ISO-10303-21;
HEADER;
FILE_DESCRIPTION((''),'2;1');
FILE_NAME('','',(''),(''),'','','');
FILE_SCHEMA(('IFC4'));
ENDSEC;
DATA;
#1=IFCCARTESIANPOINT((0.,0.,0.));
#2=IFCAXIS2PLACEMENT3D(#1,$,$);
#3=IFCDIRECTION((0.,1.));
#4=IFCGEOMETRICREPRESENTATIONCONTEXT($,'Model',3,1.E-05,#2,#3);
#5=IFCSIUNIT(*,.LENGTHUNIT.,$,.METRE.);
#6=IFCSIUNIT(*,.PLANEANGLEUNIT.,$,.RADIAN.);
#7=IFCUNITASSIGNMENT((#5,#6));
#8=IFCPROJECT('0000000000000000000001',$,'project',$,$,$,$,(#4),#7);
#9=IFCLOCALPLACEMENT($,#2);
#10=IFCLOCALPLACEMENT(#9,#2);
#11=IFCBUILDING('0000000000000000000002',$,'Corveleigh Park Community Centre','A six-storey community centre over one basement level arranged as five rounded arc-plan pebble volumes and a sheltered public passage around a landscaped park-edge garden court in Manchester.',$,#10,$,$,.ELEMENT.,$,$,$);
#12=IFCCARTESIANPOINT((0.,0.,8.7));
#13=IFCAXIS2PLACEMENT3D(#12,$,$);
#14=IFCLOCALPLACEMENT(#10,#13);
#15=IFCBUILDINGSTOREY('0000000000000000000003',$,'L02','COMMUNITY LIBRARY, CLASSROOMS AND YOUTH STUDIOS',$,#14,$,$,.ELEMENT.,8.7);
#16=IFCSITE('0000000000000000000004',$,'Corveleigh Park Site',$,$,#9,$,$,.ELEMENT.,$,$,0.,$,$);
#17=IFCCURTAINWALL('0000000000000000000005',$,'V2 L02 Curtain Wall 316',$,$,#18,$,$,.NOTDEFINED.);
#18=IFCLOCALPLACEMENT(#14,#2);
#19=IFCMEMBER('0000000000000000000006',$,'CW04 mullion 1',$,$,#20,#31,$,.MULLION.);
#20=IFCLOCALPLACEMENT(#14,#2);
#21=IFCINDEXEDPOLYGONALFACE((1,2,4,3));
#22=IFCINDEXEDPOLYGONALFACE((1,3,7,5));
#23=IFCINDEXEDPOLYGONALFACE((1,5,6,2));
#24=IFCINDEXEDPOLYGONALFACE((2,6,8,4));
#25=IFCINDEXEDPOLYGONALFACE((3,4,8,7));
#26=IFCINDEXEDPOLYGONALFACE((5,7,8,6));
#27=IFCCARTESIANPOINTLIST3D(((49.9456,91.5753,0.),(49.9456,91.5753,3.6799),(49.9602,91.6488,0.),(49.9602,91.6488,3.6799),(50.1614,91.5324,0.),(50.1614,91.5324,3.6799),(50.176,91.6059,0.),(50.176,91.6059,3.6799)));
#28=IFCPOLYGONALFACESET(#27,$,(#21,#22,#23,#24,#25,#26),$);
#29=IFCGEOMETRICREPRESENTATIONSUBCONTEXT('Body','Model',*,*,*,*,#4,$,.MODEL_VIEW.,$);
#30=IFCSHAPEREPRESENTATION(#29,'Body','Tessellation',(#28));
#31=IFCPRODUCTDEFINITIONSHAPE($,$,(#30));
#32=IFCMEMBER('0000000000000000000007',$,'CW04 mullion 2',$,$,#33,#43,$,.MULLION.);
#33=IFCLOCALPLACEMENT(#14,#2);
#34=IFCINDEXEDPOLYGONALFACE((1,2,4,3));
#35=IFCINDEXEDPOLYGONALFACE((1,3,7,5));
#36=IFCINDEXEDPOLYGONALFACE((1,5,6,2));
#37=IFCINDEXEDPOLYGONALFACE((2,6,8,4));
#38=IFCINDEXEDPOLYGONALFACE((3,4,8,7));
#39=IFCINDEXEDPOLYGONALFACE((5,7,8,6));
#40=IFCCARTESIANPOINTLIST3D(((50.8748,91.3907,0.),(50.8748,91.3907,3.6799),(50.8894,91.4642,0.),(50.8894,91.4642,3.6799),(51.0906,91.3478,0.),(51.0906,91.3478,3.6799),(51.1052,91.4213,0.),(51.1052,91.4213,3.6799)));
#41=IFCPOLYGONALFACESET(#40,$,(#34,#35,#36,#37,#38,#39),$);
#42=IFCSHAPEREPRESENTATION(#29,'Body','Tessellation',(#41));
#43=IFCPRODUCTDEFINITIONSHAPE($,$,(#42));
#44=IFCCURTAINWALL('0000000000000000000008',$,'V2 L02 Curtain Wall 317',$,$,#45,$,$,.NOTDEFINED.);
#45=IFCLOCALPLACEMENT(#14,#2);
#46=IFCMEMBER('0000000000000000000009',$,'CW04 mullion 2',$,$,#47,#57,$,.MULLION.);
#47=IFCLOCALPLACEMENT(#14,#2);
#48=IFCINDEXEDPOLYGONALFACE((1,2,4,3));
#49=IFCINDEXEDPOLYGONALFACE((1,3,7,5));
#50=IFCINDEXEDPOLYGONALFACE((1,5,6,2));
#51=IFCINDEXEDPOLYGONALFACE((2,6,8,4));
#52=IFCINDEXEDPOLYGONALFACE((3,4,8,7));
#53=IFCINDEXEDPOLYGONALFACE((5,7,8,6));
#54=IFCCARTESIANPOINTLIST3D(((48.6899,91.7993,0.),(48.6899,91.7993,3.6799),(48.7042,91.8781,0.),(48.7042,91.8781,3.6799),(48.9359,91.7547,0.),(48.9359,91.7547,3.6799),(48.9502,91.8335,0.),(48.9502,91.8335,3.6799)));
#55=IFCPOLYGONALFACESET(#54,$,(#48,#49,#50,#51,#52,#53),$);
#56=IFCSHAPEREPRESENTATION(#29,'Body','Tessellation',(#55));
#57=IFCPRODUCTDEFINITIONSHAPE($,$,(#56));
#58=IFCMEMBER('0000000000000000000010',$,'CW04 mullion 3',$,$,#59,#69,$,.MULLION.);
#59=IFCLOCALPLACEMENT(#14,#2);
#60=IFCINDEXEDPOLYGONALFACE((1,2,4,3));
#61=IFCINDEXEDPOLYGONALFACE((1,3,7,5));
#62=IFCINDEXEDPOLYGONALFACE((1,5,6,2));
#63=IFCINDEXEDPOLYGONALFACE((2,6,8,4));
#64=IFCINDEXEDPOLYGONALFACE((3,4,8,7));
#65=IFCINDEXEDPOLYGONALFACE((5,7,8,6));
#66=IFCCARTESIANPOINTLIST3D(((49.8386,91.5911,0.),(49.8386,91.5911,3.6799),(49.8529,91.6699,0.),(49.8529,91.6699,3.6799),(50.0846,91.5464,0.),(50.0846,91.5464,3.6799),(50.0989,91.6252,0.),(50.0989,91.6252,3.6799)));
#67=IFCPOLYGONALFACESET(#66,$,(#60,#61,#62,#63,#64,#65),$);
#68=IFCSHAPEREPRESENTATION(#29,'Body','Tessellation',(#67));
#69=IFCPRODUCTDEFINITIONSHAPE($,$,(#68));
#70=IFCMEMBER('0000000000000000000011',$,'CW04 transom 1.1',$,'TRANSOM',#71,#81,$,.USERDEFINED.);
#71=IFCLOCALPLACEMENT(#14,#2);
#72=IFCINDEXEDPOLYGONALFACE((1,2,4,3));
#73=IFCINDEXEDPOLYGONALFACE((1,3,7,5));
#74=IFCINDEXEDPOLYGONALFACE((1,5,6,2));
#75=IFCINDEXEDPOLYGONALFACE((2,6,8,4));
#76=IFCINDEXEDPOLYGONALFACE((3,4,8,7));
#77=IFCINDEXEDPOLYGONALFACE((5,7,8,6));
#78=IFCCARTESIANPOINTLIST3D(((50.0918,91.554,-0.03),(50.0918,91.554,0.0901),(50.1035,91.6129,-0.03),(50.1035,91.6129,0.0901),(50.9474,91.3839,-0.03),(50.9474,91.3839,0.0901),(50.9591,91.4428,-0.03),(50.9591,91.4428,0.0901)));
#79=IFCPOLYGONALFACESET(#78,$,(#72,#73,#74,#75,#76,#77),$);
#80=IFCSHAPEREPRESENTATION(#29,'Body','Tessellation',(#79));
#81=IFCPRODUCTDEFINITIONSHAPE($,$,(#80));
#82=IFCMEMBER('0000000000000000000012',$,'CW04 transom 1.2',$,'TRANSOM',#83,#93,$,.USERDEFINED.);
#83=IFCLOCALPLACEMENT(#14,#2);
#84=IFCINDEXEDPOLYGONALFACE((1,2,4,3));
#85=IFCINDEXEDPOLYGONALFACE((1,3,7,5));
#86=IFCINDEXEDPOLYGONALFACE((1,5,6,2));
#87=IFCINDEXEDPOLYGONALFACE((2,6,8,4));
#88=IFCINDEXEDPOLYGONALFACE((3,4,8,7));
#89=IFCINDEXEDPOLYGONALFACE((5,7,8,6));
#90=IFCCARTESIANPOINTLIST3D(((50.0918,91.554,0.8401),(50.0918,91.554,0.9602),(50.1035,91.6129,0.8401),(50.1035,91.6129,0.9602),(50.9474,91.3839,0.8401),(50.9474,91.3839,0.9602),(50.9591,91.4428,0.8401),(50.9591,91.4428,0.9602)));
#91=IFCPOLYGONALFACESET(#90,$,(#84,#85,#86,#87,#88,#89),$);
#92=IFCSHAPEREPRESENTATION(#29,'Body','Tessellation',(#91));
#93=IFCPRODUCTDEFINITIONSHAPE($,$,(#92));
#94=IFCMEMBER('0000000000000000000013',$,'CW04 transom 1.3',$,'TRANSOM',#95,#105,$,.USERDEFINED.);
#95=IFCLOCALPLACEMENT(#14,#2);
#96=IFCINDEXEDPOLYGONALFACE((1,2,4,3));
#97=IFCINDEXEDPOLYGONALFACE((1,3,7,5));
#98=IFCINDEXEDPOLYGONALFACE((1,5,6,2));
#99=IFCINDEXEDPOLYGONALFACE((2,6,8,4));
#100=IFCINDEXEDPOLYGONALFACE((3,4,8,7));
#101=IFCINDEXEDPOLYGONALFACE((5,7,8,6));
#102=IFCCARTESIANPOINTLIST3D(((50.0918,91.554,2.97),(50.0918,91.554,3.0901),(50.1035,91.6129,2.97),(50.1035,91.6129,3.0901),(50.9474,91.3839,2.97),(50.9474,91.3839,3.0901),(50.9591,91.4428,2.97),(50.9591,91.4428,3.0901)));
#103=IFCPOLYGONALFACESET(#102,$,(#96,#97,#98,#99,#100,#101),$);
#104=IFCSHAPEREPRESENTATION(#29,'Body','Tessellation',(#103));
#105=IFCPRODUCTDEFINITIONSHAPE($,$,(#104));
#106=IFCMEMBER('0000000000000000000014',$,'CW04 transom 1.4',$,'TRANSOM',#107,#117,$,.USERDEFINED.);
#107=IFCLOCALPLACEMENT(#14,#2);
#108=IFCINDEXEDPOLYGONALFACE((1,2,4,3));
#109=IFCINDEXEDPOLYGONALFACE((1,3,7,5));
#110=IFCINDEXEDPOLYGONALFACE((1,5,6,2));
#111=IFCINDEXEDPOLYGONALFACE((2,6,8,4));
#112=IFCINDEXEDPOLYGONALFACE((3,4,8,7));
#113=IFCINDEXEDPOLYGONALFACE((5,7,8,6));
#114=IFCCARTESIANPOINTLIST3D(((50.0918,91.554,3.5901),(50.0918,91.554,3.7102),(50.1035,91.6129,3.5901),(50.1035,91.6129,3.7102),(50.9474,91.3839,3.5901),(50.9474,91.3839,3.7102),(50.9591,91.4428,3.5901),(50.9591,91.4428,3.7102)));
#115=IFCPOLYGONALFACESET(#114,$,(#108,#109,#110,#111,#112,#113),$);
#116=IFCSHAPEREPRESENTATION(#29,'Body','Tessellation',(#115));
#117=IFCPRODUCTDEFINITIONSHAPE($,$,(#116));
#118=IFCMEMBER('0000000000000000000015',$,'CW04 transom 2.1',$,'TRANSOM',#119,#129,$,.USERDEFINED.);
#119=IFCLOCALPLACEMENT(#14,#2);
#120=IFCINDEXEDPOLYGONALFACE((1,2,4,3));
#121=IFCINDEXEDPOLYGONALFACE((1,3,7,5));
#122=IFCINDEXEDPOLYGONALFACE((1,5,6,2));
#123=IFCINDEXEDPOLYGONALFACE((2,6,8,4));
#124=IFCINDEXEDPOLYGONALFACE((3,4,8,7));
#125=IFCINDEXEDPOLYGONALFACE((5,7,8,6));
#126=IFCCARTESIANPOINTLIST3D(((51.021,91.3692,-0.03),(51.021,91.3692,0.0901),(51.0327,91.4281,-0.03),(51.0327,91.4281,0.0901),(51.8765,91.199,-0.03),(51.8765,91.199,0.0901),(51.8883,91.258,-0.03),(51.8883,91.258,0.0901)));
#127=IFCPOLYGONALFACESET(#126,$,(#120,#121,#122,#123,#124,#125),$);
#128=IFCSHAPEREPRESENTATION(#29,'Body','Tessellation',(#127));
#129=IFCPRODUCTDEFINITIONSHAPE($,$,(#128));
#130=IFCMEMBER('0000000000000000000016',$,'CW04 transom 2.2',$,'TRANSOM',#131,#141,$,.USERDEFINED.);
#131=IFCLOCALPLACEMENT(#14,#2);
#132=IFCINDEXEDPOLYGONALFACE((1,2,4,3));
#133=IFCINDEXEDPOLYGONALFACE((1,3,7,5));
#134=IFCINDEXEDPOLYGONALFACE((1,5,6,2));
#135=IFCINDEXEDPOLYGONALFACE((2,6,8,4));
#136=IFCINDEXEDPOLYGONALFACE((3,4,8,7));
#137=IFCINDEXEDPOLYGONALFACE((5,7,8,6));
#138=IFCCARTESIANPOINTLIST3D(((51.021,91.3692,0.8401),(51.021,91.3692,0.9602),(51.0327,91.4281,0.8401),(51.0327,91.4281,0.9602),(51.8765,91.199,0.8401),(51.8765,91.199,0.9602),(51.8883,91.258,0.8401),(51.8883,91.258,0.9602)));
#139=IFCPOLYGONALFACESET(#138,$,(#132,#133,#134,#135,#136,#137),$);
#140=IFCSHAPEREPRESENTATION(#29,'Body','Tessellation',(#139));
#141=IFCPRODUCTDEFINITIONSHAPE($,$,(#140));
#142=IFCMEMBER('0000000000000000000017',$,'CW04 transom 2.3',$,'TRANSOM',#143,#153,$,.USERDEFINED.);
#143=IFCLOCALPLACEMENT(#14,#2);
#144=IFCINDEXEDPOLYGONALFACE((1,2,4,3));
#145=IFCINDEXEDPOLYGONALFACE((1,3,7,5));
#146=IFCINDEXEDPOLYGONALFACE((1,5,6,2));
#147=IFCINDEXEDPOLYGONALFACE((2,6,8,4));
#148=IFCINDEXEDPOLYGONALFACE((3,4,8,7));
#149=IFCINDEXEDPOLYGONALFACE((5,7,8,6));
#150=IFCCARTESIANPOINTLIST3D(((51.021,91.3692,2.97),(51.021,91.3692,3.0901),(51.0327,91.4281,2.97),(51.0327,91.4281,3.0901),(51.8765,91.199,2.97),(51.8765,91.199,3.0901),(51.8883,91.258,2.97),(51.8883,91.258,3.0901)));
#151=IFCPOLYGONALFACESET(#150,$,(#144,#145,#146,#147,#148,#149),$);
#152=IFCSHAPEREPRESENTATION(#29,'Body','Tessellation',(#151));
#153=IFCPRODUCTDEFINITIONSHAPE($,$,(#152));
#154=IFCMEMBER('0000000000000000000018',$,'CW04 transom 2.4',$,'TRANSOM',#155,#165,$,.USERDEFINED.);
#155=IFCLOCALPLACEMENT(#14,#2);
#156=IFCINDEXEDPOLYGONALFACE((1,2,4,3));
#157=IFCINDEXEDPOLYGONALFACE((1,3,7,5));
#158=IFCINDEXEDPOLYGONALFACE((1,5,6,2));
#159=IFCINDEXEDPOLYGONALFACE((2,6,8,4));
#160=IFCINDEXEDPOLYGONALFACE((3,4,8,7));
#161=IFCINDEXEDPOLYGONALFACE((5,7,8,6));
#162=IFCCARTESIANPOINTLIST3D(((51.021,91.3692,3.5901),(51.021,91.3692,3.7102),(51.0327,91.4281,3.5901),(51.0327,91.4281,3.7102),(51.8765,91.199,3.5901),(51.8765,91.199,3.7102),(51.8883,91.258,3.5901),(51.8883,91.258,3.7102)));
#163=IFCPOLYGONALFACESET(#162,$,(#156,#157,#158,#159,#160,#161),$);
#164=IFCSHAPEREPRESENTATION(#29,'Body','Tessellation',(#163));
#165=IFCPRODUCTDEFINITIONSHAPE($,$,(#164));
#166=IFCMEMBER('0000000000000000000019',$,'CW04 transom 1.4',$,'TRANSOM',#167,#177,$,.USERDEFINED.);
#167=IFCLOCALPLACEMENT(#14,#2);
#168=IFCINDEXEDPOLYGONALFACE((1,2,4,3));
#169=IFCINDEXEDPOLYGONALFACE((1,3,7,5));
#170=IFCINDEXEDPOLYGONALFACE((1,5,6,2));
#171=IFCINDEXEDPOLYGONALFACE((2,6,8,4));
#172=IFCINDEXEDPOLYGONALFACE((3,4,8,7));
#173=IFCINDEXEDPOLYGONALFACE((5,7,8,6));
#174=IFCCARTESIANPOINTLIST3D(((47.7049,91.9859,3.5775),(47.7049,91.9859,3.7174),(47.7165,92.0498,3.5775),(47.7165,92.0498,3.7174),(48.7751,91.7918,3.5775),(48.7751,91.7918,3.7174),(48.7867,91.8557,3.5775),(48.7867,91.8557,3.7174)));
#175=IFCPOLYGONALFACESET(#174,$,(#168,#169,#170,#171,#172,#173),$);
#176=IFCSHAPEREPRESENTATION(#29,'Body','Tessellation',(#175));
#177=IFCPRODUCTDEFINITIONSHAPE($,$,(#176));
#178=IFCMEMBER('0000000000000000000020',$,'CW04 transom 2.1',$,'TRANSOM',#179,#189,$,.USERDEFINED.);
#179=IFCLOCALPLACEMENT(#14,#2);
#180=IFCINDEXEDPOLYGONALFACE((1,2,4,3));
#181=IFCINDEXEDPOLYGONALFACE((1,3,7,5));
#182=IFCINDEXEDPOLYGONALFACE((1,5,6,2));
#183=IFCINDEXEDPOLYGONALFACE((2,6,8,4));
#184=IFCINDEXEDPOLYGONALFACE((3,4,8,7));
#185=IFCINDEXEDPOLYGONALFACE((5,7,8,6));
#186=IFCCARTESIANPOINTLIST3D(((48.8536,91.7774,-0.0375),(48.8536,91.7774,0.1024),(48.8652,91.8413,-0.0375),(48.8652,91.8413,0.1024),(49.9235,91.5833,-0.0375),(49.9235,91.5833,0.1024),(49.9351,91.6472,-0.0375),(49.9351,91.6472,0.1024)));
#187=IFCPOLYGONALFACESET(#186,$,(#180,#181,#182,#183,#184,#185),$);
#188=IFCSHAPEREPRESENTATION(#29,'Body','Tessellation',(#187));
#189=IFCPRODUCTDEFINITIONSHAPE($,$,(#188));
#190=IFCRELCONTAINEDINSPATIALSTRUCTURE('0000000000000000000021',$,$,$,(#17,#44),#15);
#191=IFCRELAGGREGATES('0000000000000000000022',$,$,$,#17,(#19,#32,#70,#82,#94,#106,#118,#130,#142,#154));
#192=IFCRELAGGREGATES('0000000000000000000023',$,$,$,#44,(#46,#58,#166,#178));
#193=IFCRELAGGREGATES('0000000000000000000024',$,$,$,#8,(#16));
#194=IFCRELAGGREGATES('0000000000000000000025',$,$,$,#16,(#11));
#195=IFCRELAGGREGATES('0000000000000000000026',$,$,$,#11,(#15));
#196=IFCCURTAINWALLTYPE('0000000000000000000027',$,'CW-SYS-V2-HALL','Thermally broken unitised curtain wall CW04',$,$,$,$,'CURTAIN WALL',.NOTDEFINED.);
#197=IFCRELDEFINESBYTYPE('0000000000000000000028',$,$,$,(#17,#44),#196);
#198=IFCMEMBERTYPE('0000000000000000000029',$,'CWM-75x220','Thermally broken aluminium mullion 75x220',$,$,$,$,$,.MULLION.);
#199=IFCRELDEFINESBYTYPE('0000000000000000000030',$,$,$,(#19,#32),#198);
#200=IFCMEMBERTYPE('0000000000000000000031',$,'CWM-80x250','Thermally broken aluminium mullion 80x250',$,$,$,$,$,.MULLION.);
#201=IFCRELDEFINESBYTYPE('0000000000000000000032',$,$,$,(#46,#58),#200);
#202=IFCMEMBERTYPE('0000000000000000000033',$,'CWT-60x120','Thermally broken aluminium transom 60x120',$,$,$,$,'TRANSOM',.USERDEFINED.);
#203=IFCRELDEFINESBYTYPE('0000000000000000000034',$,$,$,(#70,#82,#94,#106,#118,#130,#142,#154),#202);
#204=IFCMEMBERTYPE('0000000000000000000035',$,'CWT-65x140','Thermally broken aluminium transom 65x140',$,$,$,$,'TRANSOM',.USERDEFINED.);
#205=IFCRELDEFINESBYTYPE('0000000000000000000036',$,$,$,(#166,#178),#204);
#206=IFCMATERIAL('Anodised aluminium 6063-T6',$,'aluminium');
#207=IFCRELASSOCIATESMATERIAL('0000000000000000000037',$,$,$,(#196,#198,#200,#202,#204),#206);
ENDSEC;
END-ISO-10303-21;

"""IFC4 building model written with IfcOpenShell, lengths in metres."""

from ifc_helpers import new_model, si_unit, direction, frame, origin, origin_2d, place, context, subcontext, project, spatial, rectangle, extrude, material, material_profile, profile_set, type_object, element, aggregate, save


model = new_model("IFC4")

# Units and contexts
model_context = context("Model", 3, precision=1e-05, world=origin(), true_north=direction((0.0, 1.0)))
body_context = subcontext(model_context, "Body", "Model", "MODEL_VIEW")
ifc_project = project(units=[si_unit("LENGTHUNIT", "METRE"), si_unit("PLANEANGLEUNIT", "RADIAN")], contexts=[model_context])

# Site, building, storey
site_placement = place(None, origin())
site = spatial("IfcSite", under=ifc_project, at=site_placement, Name="Corveleigh Park Site", CompositionType="ELEMENT", RefElevation=0.0)
building_placement = place(site_placement, origin())
building = spatial("IfcBuilding", under=site, at=building_placement, Name="Corveleigh Park Community Centre", Description="A six-storey community centre over one basement level arranged as five rounded arc-plan pebble volumes and a sheltered public passage around a landscaped park-edge garden court in Manchester.", CompositionType="ELEMENT")
storey_placement = place(building_placement, frame((0.0, 0.0, 8.7)))
storey = spatial("IfcBuildingStorey", under=building, at=storey_placement, Name="L02", Description="COMMUNITY LIBRARY, CLASSROOMS AND YOUTH STUDIOS", CompositionType="ELEMENT", Elevation=8.7)

# Curtain walls, members
ifc_material_1 = material(Name="Anodised aluminium 6063-T6", Category="aluminium")
curtain_wall_type = type_object("IfcCurtainWallType", Name="CW-SYS-V2-HALL", Description="Thermally broken unitised curtain wall CW04", ElementType="CURTAIN WALL", PredefinedType="NOTDEFINED", material=ifc_material_1)
curtain_wall_1_placement = place(storey_placement, origin())
curtain_wall_1 = element("IfcCurtainWall", 1, at=curtain_wall_1_placement, inside=storey, type_object=curtain_wall_type, Name="V2 L02 Curtain Wall 316", PredefinedType="NOTDEFINED")
ifc_material_profile_1 = material_profile(ifc_material_1, rectangle(XDim=0.075, YDim=0.22, at=origin_2d()), Name="ALU-M75x220", Category="aluminium")
ifc_profile_set_1 = profile_set([ifc_material_profile_1], Name="Anodised aluminium 6063-T6")
member_type_1 = type_object("IfcMemberType", Name="CWM-75x220", Description="Thermally broken aluminium mullion 75x220", PredefinedType="MULLION", material=ifc_profile_set_1)
member_1_placement = place(storey_placement, frame((50.0608, 91.5906, 0.0), z_axis=(0.0, 0.0, 1.0), x_axis=(0.194944, 0.980814, 0.0)))
member_1 = element("IfcMember", 2, at=member_1_placement, type_object=member_type_1, Name="CW04 mullion 1", PredefinedType="MULLION", context=body_context, shape_type="SweptSolid", body=[
    extrude(rectangle(XDim=0.075, YDim=0.22, at=origin_2d()), origin(), (0.0, 0.0, 1.0), 3.6799),
])
member_2_placement = place(storey_placement, frame((50.99, 91.406, 0.0), z_axis=(0.0, 0.0, 1.0), x_axis=(0.194944, 0.980814, 0.0)))
member_2 = element("IfcMember", 3, at=member_2_placement, type_object=member_type_1, Name="CW04 mullion 2", PredefinedType="MULLION", context=body_context, shape_type="SweptSolid", body=[
    extrude(rectangle(XDim=0.075, YDim=0.22, at=origin_2d()), origin(), (0.0, 0.0, 1.0), 3.6799),
])
curtain_wall_2_placement = place(storey_placement, origin())
curtain_wall_2 = element("IfcCurtainWall", 4, at=curtain_wall_2_placement, inside=storey, type_object=curtain_wall_type, Name="V2 L02 Curtain Wall 317", PredefinedType="NOTDEFINED")
ifc_material_profile_2 = material_profile(ifc_material_1, rectangle(XDim=0.0801, YDim=0.25, at=origin_2d()), Name="ALU-M80x250", Category="aluminium")
ifc_profile_set_2 = profile_set([ifc_material_profile_2], Name="Anodised aluminium 6063-T6")
member_type_2 = type_object("IfcMemberType", Name="CWM-80x250", Description="Thermally broken aluminium mullion 80x250", PredefinedType="MULLION", material=ifc_profile_set_2)
member_3_placement = place(storey_placement, frame((48.8201, 91.8164, 0.0), z_axis=(0.0, 0.0, 1.0), x_axis=(0.178485, 0.983943, 0.0)))
member_3 = element("IfcMember", 5, at=member_3_placement, type_object=member_type_2, Name="CW04 mullion 2", PredefinedType="MULLION", context=body_context, shape_type="SweptSolid", body=[
    extrude(rectangle(XDim=0.0801, YDim=0.25, at=origin_2d()), origin(), (0.0, 0.0, 1.0), 3.6799),
])
member_4_placement = place(storey_placement, frame((49.9688, 91.6082, 0.0), z_axis=(0.0, 0.0, 1.0), x_axis=(0.178485, 0.983943, 0.0)))
member_4 = element("IfcMember", 6, at=member_4_placement, type_object=member_type_2, Name="CW04 mullion 3", PredefinedType="MULLION", context=body_context, shape_type="SweptSolid", body=[
    extrude(rectangle(XDim=0.0801, YDim=0.25, at=origin_2d()), origin(), (0.0, 0.0, 1.0), 3.6799),
])

# Members
ifc_material_profile_3 = material_profile(ifc_material_1, rectangle(XDim=0.0601, YDim=0.1201, at=origin_2d()), Name="ALU-T60x120", Category="aluminium")
ifc_profile_set_3 = profile_set([ifc_material_profile_3], Name="Anodised aluminium 6063-T6")
member_type_3 = type_object("IfcMemberType", Name="CWT-60x120", Description="Thermally broken aluminium transom 60x120", ElementType="TRANSOM", PredefinedType="USERDEFINED", material=ifc_profile_set_3)
member_5_placement = place(storey_placement, frame((50.0977, 91.5835, 0.03), z_axis=(0.980785, -0.195093, 0.0), x_axis=(0.195093, 0.980785, 0.0)))
member_5 = element("IfcMember", 7, at=member_5_placement, type_object=member_type_3, Name="CW04 transom 1.1", ObjectType="TRANSOM", PredefinedType="USERDEFINED", context=body_context, shape_type="SweptSolid", body=[
    extrude(rectangle(XDim=0.0601, YDim=0.1201, at=origin_2d()), origin(), (0.0, 0.0, 1.0), 0.8723),
])
member_6_placement = place(storey_placement, frame((50.0977, 91.5835, 0.9001), z_axis=(0.980785, -0.195093, 0.0), x_axis=(0.195093, 0.980785, 0.0)))
member_6 = element("IfcMember", 8, at=member_6_placement, type_object=member_type_3, Name="CW04 transom 1.2", ObjectType="TRANSOM", PredefinedType="USERDEFINED", context=body_context, shape_type="SweptSolid", body=[
    extrude(rectangle(XDim=0.0601, YDim=0.1201, at=origin_2d()), origin(), (0.0, 0.0, 1.0), 0.8723),
])
member_7_placement = place(storey_placement, frame((50.0977, 91.5835, 3.03), z_axis=(0.980785, -0.195093, 0.0), x_axis=(0.195093, 0.980785, 0.0)))
member_7 = element("IfcMember", 9, at=member_7_placement, type_object=member_type_3, Name="CW04 transom 1.3", ObjectType="TRANSOM", PredefinedType="USERDEFINED", context=body_context, shape_type="SweptSolid", body=[
    extrude(rectangle(XDim=0.0601, YDim=0.1201, at=origin_2d()), origin(), (0.0, 0.0, 1.0), 0.8723),
])
member_8_placement = place(storey_placement, frame((50.0977, 91.5835, 3.6501), z_axis=(0.980785, -0.195093, 0.0), x_axis=(0.195093, 0.980785, 0.0)))
member_8 = element("IfcMember", 10, at=member_8_placement, type_object=member_type_3, Name="CW04 transom 1.4", ObjectType="TRANSOM", PredefinedType="USERDEFINED", context=body_context, shape_type="SweptSolid", body=[
    extrude(rectangle(XDim=0.0601, YDim=0.1201, at=origin_2d()), origin(), (0.0, 0.0, 1.0), 0.8723),
])
member_9_placement = place(storey_placement, frame((51.0269, 91.3987, 0.03), z_axis=(0.980785, -0.195093, 0.0), x_axis=(0.195093, 0.980785, 0.0)))
member_9 = element("IfcMember", 11, at=member_9_placement, type_object=member_type_3, Name="CW04 transom 2.1", ObjectType="TRANSOM", PredefinedType="USERDEFINED", context=body_context, shape_type="SweptSolid", body=[
    extrude(rectangle(XDim=0.0601, YDim=0.1201, at=origin_2d()), origin(), (0.0, 0.0, 1.0), 0.8723),
])
member_10_placement = place(storey_placement, frame((51.0269, 91.3987, 0.9001), z_axis=(0.980785, -0.195093, 0.0), x_axis=(0.195093, 0.980785, 0.0)))
member_10 = element("IfcMember", 12, at=member_10_placement, type_object=member_type_3, Name="CW04 transom 2.2", ObjectType="TRANSOM", PredefinedType="USERDEFINED", context=body_context, shape_type="SweptSolid", body=[
    extrude(rectangle(XDim=0.0601, YDim=0.1201, at=origin_2d()), origin(), (0.0, 0.0, 1.0), 0.8723),
])
member_11_placement = place(storey_placement, frame((51.0269, 91.3987, 3.03), z_axis=(0.980785, -0.195093, 0.0), x_axis=(0.195093, 0.980785, 0.0)))
member_11 = element("IfcMember", 13, at=member_11_placement, type_object=member_type_3, Name="CW04 transom 2.3", ObjectType="TRANSOM", PredefinedType="USERDEFINED", context=body_context, shape_type="SweptSolid", body=[
    extrude(rectangle(XDim=0.0601, YDim=0.1201, at=origin_2d()), origin(), (0.0, 0.0, 1.0), 0.8723),
])
member_12_placement = place(storey_placement, frame((51.0269, 91.3987, 3.6501), z_axis=(0.980785, -0.195093, 0.0), x_axis=(0.195093, 0.980785, 0.0)))
member_12 = element("IfcMember", 14, at=member_12_placement, type_object=member_type_3, Name="CW04 transom 2.4", ObjectType="TRANSOM", PredefinedType="USERDEFINED", context=body_context, shape_type="SweptSolid", body=[
    extrude(rectangle(XDim=0.0601, YDim=0.1201, at=origin_2d()), origin(), (0.0, 0.0, 1.0), 0.8723),
])
ifc_material_profile_4 = material_profile(ifc_material_1, rectangle(XDim=0.0649, YDim=0.1399, at=origin_2d()), Name="ALU-T65x140", Category="aluminium")
ifc_profile_set_4 = profile_set([ifc_material_profile_4], Name="Anodised aluminium 6063-T6")
member_type_4 = type_object("IfcMemberType", Name="CWT-65x140", Description="Thermally broken aluminium transom 65x140", ElementType="TRANSOM", PredefinedType="USERDEFINED", material=ifc_profile_set_4)
member_13_placement = place(storey_placement, frame((47.7107, 92.0178, 3.6475), z_axis=(0.983945, -0.178471, 0.0), x_axis=(0.178471, 0.983945, 0.0)))
member_13 = element("IfcMember", 15, at=member_13_placement, type_object=member_type_4, Name="CW04 transom 1.4", ObjectType="TRANSOM", PredefinedType="USERDEFINED", context=body_context, shape_type="SweptSolid", body=[
    extrude(rectangle(XDim=0.0649, YDim=0.1399, at=origin_2d()), origin(), (0.0, 0.0, 1.0), 1.0876),
])
member_14_placement = place(storey_placement, frame((48.8594, 91.8093, 0.0325), z_axis=(0.983938, -0.17851, 0.0), x_axis=(0.17851, 0.983938, 0.0)))
member_14 = element("IfcMember", 16, at=member_14_placement, type_object=member_type_4, Name="CW04 transom 2.1", ObjectType="TRANSOM", PredefinedType="USERDEFINED", context=body_context, shape_type="SweptSolid", body=[
    extrude(rectangle(XDim=0.0649, YDim=0.1399, at=origin_2d()), origin(), (0.0, 0.0, 1.0), 1.0874),
])

aggregate(curtain_wall_1, [member_1, member_2, member_5, member_6, member_7, member_8, member_9, member_10, member_11, member_12])
aggregate(curtain_wall_2, [member_3, member_4, member_13, member_14])

save(model, "model.ifc")
